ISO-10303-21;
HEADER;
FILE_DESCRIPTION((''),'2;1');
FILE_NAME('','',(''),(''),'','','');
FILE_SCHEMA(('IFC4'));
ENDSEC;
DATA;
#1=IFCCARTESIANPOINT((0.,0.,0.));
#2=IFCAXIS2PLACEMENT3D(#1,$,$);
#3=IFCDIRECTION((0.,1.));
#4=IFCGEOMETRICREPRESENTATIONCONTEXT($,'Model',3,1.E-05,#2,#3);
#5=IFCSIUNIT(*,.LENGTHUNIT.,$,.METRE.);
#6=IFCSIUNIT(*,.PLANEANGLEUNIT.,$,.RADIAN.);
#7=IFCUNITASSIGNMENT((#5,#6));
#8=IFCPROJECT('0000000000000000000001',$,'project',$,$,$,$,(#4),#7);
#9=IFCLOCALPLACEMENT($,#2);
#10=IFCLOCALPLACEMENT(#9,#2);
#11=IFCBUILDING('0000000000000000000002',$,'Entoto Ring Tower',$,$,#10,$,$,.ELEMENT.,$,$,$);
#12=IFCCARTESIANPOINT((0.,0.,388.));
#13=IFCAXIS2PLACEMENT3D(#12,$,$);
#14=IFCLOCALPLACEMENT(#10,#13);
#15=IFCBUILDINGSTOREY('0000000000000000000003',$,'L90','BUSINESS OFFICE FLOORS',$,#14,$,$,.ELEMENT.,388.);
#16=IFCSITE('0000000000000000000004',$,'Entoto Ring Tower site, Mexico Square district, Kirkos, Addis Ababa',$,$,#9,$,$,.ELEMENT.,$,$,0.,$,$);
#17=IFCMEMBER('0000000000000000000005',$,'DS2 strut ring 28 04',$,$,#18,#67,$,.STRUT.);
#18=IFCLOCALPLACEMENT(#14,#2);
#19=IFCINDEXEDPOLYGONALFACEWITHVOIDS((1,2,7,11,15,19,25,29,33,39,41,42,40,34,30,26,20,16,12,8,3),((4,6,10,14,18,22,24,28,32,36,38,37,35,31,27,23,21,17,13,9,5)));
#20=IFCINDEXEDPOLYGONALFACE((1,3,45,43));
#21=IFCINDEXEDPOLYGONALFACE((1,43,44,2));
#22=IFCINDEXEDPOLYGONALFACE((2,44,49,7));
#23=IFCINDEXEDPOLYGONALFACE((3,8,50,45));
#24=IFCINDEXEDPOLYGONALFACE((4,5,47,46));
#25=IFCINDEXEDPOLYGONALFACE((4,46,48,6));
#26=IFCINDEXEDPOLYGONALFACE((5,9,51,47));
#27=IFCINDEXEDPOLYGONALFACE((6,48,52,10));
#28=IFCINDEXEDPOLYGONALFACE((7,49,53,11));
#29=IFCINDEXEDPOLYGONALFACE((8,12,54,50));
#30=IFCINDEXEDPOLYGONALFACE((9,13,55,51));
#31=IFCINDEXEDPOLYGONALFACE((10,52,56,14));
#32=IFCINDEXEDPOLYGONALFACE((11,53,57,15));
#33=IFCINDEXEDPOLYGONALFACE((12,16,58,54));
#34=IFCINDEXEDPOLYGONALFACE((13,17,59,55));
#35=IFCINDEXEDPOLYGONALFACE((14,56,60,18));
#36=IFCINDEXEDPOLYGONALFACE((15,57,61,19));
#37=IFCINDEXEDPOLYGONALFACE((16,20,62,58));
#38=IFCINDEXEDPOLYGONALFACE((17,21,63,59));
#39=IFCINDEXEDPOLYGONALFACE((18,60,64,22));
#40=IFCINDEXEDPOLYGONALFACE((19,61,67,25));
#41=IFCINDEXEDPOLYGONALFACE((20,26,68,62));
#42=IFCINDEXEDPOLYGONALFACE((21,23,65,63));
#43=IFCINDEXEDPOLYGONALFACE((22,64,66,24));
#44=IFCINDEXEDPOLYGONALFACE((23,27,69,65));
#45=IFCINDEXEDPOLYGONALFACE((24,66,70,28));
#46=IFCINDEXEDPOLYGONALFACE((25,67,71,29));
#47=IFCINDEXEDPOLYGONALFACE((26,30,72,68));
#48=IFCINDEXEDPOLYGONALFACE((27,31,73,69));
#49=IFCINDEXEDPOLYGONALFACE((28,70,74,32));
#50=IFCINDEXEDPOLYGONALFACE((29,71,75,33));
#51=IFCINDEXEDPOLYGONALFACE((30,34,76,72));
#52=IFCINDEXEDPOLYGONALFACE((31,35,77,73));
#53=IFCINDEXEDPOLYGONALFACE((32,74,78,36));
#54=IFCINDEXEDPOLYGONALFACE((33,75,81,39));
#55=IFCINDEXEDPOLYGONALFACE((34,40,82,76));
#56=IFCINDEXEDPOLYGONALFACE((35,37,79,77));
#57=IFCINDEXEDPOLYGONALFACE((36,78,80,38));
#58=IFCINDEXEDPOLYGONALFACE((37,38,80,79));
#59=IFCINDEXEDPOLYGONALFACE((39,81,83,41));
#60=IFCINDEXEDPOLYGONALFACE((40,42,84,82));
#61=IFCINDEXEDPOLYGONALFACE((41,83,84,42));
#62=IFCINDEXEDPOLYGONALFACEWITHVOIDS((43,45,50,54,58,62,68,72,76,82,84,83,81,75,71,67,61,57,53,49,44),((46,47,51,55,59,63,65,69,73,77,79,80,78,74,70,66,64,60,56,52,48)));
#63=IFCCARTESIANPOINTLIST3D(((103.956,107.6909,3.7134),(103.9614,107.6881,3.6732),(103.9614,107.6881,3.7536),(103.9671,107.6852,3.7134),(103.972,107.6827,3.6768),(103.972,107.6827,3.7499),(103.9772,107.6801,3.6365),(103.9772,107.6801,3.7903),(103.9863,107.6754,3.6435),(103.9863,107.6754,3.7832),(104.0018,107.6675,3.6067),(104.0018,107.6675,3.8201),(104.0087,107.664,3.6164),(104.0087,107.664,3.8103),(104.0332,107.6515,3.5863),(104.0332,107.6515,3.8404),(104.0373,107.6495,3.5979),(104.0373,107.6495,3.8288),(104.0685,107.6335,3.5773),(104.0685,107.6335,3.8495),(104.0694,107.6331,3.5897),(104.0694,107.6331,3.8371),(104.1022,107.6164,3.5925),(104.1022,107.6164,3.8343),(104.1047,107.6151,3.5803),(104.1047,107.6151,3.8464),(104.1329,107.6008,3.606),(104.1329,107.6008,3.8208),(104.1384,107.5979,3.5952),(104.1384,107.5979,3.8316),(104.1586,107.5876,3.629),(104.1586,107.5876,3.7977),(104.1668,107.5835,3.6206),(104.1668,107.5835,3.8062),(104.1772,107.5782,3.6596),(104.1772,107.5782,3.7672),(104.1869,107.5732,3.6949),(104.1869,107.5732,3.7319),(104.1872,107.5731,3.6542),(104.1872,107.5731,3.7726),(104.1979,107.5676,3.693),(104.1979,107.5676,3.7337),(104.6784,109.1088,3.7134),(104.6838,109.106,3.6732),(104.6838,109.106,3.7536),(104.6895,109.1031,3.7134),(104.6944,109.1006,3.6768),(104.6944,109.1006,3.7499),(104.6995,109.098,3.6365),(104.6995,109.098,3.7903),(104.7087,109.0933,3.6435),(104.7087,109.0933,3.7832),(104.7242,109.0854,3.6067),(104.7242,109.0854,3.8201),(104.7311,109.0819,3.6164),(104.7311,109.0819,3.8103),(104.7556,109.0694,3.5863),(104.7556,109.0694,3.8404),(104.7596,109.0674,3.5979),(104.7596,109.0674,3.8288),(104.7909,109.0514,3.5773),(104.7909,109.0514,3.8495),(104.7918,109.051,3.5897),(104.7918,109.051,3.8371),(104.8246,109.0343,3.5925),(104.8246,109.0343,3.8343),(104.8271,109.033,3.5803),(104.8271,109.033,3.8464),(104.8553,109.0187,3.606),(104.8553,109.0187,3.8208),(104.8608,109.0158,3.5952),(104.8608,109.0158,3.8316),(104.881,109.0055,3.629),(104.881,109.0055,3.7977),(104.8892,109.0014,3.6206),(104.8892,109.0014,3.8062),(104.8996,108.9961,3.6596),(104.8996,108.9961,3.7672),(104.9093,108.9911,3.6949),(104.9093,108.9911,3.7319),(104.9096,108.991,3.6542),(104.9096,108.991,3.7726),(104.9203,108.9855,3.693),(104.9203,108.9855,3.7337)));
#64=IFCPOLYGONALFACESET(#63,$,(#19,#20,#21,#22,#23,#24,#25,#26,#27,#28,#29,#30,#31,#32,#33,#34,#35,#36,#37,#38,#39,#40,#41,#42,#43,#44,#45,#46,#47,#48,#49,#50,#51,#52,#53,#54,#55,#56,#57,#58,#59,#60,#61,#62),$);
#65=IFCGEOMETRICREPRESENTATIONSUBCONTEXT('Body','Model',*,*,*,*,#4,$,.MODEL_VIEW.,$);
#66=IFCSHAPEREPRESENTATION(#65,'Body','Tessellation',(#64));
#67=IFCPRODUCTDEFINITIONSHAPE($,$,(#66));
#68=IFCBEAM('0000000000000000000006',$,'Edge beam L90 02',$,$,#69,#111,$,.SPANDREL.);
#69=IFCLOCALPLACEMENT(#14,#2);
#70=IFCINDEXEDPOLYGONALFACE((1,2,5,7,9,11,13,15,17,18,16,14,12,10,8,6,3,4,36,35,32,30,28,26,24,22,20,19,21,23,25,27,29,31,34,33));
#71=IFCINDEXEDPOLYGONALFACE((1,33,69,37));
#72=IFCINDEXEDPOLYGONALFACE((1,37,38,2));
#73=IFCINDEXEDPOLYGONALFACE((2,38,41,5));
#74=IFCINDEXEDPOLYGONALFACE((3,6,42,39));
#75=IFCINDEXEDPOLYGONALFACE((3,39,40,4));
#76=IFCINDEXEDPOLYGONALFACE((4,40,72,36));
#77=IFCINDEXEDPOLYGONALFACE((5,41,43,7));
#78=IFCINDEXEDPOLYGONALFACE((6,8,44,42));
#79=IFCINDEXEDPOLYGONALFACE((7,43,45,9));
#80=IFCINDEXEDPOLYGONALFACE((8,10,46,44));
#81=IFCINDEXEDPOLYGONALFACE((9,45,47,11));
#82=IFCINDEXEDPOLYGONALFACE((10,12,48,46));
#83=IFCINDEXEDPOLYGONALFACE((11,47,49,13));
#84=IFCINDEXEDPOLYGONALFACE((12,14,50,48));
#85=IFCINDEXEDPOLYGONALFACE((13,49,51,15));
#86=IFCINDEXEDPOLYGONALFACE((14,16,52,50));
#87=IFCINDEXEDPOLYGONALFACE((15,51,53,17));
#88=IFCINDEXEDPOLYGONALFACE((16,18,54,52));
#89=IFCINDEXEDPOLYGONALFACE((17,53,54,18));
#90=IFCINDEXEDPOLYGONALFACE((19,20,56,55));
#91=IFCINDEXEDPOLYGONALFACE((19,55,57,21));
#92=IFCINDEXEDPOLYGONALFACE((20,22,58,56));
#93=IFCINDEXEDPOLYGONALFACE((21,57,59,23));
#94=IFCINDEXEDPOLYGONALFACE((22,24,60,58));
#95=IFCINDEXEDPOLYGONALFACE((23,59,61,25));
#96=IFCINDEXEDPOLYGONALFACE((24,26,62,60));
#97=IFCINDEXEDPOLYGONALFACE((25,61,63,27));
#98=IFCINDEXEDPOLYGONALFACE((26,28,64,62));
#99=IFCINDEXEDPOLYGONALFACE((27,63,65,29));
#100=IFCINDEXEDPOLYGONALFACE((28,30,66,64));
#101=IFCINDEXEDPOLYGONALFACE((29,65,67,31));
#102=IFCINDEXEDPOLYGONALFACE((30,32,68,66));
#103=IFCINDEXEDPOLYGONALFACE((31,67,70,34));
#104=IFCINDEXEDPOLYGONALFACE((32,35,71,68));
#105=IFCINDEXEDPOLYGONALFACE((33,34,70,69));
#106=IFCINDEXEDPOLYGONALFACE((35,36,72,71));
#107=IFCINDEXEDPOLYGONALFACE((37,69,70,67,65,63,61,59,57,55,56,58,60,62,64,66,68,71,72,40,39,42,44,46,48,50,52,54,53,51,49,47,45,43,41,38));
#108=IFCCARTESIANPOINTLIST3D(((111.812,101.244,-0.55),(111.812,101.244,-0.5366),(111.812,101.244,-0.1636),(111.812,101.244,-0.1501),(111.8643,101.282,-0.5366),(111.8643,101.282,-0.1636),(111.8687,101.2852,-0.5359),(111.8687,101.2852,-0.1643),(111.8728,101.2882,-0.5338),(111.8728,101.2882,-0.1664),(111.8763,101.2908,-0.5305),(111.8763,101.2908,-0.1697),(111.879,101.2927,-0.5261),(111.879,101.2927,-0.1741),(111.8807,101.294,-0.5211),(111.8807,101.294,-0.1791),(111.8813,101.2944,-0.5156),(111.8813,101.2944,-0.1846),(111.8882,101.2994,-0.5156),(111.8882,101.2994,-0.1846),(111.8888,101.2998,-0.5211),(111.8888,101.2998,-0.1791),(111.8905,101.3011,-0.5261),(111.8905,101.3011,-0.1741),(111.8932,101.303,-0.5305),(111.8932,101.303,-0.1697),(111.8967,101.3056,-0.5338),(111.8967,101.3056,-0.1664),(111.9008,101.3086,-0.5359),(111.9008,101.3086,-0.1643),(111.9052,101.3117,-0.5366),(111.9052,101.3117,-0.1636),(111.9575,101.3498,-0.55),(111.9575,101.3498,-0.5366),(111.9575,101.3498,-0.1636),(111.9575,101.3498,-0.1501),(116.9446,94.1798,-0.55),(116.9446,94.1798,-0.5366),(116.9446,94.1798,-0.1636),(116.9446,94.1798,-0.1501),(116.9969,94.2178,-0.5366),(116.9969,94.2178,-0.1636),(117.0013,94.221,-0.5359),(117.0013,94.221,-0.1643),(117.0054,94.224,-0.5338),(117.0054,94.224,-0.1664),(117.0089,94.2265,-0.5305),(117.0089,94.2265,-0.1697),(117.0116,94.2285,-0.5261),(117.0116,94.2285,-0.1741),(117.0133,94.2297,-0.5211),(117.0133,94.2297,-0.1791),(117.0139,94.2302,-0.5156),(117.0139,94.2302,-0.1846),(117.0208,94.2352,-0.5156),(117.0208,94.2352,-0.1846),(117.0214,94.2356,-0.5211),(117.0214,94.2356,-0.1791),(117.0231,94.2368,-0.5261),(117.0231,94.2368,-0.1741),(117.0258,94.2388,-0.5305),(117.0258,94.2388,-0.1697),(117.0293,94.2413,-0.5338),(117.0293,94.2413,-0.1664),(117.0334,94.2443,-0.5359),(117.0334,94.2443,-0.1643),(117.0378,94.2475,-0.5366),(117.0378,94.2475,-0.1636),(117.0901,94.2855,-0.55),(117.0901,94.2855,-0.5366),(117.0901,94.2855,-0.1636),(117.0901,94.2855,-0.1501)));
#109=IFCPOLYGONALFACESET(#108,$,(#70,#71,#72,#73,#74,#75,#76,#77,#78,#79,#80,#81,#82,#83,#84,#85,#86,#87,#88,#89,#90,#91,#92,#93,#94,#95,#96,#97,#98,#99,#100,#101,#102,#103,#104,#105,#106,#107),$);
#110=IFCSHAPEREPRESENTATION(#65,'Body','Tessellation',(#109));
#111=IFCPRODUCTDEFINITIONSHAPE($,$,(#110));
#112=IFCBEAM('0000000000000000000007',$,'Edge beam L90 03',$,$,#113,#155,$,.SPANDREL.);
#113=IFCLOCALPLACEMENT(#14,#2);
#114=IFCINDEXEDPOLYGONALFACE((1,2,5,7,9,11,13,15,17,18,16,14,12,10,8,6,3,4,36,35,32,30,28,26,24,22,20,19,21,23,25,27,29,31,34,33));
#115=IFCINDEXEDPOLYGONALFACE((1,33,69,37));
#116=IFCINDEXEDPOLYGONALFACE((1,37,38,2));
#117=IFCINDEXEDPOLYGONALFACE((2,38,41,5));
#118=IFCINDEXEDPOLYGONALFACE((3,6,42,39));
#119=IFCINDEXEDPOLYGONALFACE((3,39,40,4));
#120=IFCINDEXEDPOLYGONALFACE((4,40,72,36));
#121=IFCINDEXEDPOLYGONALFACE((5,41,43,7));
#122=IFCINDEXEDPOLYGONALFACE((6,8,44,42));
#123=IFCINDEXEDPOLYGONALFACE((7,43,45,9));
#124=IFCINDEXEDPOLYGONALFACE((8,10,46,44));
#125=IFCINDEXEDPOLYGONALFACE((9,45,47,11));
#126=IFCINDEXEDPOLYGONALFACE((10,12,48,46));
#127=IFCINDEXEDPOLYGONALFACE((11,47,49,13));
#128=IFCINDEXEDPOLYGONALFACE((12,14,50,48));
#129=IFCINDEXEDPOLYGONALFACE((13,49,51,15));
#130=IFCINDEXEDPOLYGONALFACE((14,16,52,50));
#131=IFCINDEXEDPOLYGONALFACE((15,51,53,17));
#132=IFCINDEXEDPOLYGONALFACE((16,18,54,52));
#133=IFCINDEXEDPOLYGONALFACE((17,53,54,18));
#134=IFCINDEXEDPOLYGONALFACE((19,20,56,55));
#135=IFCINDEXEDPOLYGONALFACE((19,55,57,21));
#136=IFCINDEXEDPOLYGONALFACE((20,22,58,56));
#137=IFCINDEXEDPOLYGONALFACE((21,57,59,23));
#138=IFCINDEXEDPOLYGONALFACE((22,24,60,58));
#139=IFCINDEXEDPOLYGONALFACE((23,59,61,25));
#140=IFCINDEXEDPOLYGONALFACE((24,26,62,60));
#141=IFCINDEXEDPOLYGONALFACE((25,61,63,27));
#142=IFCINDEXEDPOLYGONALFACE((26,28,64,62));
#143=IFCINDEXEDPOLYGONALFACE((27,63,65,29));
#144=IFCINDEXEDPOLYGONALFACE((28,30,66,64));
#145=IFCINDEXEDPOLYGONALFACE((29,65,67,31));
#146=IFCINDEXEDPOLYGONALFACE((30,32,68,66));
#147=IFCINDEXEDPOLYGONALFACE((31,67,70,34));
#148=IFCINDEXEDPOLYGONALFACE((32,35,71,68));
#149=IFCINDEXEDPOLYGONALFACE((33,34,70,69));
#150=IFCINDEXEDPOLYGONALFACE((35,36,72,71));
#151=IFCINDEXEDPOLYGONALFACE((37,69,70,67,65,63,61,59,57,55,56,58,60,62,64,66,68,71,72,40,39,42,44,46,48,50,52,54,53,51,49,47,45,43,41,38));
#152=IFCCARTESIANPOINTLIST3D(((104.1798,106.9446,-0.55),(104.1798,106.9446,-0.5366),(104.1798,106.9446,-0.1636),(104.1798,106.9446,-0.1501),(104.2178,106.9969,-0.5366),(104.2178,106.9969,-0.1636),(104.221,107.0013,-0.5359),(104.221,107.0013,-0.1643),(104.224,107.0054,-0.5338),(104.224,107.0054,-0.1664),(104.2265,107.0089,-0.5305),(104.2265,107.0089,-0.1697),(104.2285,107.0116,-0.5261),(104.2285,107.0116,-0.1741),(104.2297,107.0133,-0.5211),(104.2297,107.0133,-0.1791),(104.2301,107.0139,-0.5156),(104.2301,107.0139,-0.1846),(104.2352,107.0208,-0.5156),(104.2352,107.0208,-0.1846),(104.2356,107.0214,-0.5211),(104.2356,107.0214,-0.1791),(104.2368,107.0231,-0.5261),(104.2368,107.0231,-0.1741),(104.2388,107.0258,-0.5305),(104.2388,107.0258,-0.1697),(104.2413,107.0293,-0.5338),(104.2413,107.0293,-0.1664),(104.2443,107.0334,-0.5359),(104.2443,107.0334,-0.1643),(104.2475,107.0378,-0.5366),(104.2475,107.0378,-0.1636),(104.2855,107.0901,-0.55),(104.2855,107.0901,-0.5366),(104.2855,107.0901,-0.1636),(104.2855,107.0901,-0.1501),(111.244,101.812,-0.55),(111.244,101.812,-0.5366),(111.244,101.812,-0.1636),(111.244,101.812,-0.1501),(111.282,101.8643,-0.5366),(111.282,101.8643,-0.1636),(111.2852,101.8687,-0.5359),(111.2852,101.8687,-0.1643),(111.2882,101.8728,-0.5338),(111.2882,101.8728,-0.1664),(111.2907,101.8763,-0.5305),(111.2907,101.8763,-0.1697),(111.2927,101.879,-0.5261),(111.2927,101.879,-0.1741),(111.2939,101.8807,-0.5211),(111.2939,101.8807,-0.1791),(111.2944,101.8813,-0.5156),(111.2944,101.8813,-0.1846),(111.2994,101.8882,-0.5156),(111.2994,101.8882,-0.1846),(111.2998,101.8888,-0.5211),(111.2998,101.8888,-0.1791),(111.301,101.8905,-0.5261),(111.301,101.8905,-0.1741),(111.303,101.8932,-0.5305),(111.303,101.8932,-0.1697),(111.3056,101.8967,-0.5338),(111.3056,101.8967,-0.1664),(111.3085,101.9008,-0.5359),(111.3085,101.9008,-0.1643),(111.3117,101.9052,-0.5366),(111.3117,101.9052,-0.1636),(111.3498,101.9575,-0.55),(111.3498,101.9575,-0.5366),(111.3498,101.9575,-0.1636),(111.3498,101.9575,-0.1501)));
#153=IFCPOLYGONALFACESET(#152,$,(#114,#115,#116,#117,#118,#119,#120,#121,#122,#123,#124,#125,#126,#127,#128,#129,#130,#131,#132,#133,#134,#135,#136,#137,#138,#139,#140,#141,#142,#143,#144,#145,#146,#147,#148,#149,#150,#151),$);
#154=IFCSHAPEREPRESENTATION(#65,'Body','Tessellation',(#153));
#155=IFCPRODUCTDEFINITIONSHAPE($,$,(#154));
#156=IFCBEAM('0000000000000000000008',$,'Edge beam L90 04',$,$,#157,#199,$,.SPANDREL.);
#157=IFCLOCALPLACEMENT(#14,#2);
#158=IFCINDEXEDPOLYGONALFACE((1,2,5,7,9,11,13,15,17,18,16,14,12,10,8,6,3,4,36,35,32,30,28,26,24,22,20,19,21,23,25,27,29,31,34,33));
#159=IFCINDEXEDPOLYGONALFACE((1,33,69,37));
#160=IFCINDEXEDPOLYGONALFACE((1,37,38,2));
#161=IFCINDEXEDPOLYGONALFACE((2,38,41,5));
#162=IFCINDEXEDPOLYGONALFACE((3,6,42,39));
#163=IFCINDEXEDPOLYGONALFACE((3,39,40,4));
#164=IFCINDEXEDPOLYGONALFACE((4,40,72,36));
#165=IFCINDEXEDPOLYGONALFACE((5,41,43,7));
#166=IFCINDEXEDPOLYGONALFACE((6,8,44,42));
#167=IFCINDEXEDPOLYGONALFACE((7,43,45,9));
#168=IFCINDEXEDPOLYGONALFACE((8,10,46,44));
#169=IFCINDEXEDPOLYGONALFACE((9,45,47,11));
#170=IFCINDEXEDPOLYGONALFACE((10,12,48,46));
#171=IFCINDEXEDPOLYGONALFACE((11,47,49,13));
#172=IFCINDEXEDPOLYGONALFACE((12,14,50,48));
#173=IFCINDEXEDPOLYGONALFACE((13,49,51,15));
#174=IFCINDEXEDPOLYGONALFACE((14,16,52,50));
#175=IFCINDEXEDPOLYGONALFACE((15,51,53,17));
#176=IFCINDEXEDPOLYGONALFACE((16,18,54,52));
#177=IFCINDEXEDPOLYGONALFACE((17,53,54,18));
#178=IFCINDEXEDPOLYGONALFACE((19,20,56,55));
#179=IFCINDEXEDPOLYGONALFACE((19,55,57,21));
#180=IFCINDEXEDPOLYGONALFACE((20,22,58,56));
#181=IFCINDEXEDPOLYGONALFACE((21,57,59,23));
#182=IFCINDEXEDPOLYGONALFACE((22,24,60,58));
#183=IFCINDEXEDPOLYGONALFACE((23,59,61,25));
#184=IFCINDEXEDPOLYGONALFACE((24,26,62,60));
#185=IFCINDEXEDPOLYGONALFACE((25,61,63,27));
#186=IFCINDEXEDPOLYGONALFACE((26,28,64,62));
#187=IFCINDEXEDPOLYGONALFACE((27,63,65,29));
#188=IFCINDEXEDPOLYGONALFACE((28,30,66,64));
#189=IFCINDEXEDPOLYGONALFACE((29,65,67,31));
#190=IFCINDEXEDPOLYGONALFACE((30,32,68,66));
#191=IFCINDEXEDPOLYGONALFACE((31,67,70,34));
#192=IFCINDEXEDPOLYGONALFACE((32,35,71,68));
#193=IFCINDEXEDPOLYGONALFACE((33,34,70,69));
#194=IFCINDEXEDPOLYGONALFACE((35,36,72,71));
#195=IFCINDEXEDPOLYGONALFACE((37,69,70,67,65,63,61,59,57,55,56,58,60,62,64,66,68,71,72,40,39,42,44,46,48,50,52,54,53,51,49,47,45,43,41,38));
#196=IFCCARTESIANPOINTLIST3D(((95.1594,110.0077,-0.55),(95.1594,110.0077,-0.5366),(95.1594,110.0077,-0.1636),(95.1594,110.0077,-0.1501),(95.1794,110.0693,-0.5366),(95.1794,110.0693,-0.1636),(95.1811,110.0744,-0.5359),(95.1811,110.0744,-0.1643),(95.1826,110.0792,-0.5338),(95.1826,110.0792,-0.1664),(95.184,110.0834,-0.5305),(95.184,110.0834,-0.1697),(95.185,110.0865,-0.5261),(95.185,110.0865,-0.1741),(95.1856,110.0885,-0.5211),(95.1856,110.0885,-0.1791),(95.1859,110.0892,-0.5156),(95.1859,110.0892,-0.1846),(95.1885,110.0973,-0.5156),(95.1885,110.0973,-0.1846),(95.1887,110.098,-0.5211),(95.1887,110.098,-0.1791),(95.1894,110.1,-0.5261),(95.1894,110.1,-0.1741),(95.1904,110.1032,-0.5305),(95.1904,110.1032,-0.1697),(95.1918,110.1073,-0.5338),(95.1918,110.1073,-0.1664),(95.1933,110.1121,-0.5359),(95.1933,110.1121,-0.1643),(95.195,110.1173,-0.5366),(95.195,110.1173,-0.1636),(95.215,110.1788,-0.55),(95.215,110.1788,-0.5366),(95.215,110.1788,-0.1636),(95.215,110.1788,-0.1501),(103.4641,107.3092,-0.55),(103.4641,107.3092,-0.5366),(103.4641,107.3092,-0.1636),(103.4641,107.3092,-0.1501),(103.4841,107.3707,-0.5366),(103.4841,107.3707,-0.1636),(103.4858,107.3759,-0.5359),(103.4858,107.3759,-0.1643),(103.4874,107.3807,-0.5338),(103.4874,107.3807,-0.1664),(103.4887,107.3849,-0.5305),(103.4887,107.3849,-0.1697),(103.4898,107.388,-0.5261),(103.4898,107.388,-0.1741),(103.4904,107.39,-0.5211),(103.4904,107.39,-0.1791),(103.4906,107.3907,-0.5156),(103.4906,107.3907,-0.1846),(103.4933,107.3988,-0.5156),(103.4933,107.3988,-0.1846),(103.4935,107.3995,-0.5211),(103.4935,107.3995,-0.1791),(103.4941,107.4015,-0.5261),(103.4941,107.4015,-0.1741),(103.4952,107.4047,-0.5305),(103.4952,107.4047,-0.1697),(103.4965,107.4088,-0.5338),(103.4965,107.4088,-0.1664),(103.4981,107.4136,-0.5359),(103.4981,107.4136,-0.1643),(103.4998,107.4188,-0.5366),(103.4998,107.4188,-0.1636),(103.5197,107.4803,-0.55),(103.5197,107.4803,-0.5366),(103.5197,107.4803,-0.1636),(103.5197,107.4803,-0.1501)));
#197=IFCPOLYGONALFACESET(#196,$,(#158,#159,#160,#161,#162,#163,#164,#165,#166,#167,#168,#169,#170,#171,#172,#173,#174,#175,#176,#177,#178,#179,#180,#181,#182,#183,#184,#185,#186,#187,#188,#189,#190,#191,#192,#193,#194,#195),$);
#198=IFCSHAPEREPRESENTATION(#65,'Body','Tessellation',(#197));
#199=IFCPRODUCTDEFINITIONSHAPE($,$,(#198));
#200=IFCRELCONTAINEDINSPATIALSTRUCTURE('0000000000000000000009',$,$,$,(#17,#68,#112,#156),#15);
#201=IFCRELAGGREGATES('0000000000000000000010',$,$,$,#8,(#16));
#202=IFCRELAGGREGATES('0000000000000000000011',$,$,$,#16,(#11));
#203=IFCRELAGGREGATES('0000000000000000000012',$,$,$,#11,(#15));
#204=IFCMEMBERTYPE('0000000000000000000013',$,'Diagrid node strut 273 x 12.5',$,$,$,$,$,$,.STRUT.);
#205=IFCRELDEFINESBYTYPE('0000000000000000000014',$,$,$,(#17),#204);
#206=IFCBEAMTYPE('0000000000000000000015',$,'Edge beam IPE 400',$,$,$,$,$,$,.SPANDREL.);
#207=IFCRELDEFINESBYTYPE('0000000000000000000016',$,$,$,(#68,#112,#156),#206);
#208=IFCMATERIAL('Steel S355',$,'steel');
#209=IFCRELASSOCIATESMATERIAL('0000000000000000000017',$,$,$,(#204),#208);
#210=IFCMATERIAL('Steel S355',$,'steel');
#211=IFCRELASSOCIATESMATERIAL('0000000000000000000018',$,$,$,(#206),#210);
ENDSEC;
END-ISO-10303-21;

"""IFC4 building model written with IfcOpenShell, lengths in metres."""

from ifc_helpers import new_model, si_unit, direction, frame, origin, origin_2d, place, context, subcontext, project, spatial, circle, hollow_circle, i_section, extrude, material, material_profile, profile_set, type_object, element, save


model = new_model("IFC4")

# Units and contexts
model_context = context("Model", 3, precision=1e-05, world=origin(), true_north=direction((0.0, 1.0)))
body_context = subcontext(model_context, "Body", "Model", "MODEL_VIEW")
ifc_project = project(units=[si_unit("LENGTHUNIT", "METRE"), si_unit("PLANEANGLEUNIT", "RADIAN")], contexts=[model_context])

# Site, building, storey
site_placement = place(None, origin())
site = spatial("IfcSite", under=ifc_project, at=site_placement, Name="Entoto Ring Tower site, Mexico Square district, Kirkos, Addis Ababa", CompositionType="ELEMENT", RefElevation=0.0)
building_placement = place(site_placement, origin())
building = spatial("IfcBuilding", under=site, at=building_placement, Name="Entoto Ring Tower", CompositionType="ELEMENT")
storey_placement = place(building_placement, frame((0.0, 0.0, 388.0)))
storey = spatial("IfcBuildingStorey", under=building, at=storey_placement, Name="L90", Description="BUSINESS OFFICE FLOORS", CompositionType="ELEMENT", Elevation=388.0)

# Member
ifc_material_1 = material(Name="Steel S355", Category="steel")
ifc_material_profile_1 = material_profile(ifc_material_1, hollow_circle(Radius=0.1365, WallThickness=0.0125, at=origin_2d()), Name="CHS 273 x 12.5")
ifc_material_2 = material(Name="Concrete C60/75", Category="concrete")
ifc_material_profile_2 = material_profile(ifc_material_2, circle(Radius=0.124, at=origin_2d()), Name="Concrete C60/75 infill")
ifc_profile_set_1 = profile_set([ifc_material_profile_1, ifc_material_profile_2], Name="Steel S355")
member_type = type_object("IfcMemberType", Name="Diagrid node strut 273 x 12.5", PredefinedType="STRUT", material=ifc_profile_set_1)
for number, where, z_axis, x_axis, name in (
    (1, (104.0776, 107.6289, 3.7134), (0.453951, 0.891027, 0.0), (-0.891027, 0.453951, 0.0), "DS2 strut ring 28 04"),
):
    element("IfcMember", number, at=place(storey_placement, frame(where, z_axis=z_axis, x_axis=x_axis)), inside=storey, type_object=member_type, Name=name, PredefinedType="STRUT", context=body_context, shape_type="SweptSolid", body=[
        extrude(hollow_circle(Radius=0.1365, WallThickness=0.0125, at=origin_2d()), origin(), (0.0, 0.0, 1.0), 1.5913),
    ])

# Beams
ifc_material_3 = material(Name="Steel S355", Category="steel")
ifc_material_profile_3 = material_profile(ifc_material_3, i_section(OverallWidth=0.1799, OverallDepth=0.3999, WebThickness=0.0085, FlangeThickness=0.0134, FilletRadius=0.021, at=origin_2d()), Name="IPE 400")
ifc_profile_set_2 = profile_set([ifc_material_profile_3], Name="Steel S355")
beam_type_1 = type_object("IfcBeamType", Name="Edge beam IPE 400", PredefinedType="SPANDREL", material=ifc_profile_set_2)
for number, where, z_axis, x_axis, name in (
    (2, (117.0173, 94.2327, -0.3501), (-0.587794, 0.80901, 0.0), (-0.80901, -0.587794, 0.0), "Edge beam L90 02"),
    (3, (111.2969, 101.8848, -0.3501), (-0.80901, 0.587794, 0.0), (-0.587794, -0.80901, 0.0), "Edge beam L90 03"),
):
    element("IfcBeam", number, at=place(storey_placement, frame(where, z_axis=z_axis, x_axis=x_axis)), inside=storey, type_object=beam_type_1, Name=name, PredefinedType="SPANDREL", context=body_context, shape_type="SweptSolid", body=[
        extrude(i_section(OverallWidth=0.1799, OverallDepth=0.3999, WebThickness=0.0085, FlangeThickness=0.0134, FilletRadius=0.021, at=origin_2d()), origin(), (0.0, 0.0, 1.0), 8.7319),
    ])
beam_1_placement = place(storey_placement, frame((103.4919, 107.3948, -0.3501), z_axis=(-0.951052, 0.30903, 0.0), x_axis=(-0.30903, -0.951052, 0.0)))
element("IfcBeam", 4, at=beam_1_placement, inside=storey, type_object=beam_type_1, Name="Edge beam L90 04", PredefinedType="SPANDREL", context=body_context, shape_type="SweptSolid", body=[
    extrude(i_section(OverallWidth=0.1799, OverallDepth=0.3999, WebThickness=0.0085, FlangeThickness=0.0134, FilletRadius=0.021, at=origin_2d()), origin(), (0.0, 0.0, 1.0), 8.7322),
])

save(model, "model.ifc")
